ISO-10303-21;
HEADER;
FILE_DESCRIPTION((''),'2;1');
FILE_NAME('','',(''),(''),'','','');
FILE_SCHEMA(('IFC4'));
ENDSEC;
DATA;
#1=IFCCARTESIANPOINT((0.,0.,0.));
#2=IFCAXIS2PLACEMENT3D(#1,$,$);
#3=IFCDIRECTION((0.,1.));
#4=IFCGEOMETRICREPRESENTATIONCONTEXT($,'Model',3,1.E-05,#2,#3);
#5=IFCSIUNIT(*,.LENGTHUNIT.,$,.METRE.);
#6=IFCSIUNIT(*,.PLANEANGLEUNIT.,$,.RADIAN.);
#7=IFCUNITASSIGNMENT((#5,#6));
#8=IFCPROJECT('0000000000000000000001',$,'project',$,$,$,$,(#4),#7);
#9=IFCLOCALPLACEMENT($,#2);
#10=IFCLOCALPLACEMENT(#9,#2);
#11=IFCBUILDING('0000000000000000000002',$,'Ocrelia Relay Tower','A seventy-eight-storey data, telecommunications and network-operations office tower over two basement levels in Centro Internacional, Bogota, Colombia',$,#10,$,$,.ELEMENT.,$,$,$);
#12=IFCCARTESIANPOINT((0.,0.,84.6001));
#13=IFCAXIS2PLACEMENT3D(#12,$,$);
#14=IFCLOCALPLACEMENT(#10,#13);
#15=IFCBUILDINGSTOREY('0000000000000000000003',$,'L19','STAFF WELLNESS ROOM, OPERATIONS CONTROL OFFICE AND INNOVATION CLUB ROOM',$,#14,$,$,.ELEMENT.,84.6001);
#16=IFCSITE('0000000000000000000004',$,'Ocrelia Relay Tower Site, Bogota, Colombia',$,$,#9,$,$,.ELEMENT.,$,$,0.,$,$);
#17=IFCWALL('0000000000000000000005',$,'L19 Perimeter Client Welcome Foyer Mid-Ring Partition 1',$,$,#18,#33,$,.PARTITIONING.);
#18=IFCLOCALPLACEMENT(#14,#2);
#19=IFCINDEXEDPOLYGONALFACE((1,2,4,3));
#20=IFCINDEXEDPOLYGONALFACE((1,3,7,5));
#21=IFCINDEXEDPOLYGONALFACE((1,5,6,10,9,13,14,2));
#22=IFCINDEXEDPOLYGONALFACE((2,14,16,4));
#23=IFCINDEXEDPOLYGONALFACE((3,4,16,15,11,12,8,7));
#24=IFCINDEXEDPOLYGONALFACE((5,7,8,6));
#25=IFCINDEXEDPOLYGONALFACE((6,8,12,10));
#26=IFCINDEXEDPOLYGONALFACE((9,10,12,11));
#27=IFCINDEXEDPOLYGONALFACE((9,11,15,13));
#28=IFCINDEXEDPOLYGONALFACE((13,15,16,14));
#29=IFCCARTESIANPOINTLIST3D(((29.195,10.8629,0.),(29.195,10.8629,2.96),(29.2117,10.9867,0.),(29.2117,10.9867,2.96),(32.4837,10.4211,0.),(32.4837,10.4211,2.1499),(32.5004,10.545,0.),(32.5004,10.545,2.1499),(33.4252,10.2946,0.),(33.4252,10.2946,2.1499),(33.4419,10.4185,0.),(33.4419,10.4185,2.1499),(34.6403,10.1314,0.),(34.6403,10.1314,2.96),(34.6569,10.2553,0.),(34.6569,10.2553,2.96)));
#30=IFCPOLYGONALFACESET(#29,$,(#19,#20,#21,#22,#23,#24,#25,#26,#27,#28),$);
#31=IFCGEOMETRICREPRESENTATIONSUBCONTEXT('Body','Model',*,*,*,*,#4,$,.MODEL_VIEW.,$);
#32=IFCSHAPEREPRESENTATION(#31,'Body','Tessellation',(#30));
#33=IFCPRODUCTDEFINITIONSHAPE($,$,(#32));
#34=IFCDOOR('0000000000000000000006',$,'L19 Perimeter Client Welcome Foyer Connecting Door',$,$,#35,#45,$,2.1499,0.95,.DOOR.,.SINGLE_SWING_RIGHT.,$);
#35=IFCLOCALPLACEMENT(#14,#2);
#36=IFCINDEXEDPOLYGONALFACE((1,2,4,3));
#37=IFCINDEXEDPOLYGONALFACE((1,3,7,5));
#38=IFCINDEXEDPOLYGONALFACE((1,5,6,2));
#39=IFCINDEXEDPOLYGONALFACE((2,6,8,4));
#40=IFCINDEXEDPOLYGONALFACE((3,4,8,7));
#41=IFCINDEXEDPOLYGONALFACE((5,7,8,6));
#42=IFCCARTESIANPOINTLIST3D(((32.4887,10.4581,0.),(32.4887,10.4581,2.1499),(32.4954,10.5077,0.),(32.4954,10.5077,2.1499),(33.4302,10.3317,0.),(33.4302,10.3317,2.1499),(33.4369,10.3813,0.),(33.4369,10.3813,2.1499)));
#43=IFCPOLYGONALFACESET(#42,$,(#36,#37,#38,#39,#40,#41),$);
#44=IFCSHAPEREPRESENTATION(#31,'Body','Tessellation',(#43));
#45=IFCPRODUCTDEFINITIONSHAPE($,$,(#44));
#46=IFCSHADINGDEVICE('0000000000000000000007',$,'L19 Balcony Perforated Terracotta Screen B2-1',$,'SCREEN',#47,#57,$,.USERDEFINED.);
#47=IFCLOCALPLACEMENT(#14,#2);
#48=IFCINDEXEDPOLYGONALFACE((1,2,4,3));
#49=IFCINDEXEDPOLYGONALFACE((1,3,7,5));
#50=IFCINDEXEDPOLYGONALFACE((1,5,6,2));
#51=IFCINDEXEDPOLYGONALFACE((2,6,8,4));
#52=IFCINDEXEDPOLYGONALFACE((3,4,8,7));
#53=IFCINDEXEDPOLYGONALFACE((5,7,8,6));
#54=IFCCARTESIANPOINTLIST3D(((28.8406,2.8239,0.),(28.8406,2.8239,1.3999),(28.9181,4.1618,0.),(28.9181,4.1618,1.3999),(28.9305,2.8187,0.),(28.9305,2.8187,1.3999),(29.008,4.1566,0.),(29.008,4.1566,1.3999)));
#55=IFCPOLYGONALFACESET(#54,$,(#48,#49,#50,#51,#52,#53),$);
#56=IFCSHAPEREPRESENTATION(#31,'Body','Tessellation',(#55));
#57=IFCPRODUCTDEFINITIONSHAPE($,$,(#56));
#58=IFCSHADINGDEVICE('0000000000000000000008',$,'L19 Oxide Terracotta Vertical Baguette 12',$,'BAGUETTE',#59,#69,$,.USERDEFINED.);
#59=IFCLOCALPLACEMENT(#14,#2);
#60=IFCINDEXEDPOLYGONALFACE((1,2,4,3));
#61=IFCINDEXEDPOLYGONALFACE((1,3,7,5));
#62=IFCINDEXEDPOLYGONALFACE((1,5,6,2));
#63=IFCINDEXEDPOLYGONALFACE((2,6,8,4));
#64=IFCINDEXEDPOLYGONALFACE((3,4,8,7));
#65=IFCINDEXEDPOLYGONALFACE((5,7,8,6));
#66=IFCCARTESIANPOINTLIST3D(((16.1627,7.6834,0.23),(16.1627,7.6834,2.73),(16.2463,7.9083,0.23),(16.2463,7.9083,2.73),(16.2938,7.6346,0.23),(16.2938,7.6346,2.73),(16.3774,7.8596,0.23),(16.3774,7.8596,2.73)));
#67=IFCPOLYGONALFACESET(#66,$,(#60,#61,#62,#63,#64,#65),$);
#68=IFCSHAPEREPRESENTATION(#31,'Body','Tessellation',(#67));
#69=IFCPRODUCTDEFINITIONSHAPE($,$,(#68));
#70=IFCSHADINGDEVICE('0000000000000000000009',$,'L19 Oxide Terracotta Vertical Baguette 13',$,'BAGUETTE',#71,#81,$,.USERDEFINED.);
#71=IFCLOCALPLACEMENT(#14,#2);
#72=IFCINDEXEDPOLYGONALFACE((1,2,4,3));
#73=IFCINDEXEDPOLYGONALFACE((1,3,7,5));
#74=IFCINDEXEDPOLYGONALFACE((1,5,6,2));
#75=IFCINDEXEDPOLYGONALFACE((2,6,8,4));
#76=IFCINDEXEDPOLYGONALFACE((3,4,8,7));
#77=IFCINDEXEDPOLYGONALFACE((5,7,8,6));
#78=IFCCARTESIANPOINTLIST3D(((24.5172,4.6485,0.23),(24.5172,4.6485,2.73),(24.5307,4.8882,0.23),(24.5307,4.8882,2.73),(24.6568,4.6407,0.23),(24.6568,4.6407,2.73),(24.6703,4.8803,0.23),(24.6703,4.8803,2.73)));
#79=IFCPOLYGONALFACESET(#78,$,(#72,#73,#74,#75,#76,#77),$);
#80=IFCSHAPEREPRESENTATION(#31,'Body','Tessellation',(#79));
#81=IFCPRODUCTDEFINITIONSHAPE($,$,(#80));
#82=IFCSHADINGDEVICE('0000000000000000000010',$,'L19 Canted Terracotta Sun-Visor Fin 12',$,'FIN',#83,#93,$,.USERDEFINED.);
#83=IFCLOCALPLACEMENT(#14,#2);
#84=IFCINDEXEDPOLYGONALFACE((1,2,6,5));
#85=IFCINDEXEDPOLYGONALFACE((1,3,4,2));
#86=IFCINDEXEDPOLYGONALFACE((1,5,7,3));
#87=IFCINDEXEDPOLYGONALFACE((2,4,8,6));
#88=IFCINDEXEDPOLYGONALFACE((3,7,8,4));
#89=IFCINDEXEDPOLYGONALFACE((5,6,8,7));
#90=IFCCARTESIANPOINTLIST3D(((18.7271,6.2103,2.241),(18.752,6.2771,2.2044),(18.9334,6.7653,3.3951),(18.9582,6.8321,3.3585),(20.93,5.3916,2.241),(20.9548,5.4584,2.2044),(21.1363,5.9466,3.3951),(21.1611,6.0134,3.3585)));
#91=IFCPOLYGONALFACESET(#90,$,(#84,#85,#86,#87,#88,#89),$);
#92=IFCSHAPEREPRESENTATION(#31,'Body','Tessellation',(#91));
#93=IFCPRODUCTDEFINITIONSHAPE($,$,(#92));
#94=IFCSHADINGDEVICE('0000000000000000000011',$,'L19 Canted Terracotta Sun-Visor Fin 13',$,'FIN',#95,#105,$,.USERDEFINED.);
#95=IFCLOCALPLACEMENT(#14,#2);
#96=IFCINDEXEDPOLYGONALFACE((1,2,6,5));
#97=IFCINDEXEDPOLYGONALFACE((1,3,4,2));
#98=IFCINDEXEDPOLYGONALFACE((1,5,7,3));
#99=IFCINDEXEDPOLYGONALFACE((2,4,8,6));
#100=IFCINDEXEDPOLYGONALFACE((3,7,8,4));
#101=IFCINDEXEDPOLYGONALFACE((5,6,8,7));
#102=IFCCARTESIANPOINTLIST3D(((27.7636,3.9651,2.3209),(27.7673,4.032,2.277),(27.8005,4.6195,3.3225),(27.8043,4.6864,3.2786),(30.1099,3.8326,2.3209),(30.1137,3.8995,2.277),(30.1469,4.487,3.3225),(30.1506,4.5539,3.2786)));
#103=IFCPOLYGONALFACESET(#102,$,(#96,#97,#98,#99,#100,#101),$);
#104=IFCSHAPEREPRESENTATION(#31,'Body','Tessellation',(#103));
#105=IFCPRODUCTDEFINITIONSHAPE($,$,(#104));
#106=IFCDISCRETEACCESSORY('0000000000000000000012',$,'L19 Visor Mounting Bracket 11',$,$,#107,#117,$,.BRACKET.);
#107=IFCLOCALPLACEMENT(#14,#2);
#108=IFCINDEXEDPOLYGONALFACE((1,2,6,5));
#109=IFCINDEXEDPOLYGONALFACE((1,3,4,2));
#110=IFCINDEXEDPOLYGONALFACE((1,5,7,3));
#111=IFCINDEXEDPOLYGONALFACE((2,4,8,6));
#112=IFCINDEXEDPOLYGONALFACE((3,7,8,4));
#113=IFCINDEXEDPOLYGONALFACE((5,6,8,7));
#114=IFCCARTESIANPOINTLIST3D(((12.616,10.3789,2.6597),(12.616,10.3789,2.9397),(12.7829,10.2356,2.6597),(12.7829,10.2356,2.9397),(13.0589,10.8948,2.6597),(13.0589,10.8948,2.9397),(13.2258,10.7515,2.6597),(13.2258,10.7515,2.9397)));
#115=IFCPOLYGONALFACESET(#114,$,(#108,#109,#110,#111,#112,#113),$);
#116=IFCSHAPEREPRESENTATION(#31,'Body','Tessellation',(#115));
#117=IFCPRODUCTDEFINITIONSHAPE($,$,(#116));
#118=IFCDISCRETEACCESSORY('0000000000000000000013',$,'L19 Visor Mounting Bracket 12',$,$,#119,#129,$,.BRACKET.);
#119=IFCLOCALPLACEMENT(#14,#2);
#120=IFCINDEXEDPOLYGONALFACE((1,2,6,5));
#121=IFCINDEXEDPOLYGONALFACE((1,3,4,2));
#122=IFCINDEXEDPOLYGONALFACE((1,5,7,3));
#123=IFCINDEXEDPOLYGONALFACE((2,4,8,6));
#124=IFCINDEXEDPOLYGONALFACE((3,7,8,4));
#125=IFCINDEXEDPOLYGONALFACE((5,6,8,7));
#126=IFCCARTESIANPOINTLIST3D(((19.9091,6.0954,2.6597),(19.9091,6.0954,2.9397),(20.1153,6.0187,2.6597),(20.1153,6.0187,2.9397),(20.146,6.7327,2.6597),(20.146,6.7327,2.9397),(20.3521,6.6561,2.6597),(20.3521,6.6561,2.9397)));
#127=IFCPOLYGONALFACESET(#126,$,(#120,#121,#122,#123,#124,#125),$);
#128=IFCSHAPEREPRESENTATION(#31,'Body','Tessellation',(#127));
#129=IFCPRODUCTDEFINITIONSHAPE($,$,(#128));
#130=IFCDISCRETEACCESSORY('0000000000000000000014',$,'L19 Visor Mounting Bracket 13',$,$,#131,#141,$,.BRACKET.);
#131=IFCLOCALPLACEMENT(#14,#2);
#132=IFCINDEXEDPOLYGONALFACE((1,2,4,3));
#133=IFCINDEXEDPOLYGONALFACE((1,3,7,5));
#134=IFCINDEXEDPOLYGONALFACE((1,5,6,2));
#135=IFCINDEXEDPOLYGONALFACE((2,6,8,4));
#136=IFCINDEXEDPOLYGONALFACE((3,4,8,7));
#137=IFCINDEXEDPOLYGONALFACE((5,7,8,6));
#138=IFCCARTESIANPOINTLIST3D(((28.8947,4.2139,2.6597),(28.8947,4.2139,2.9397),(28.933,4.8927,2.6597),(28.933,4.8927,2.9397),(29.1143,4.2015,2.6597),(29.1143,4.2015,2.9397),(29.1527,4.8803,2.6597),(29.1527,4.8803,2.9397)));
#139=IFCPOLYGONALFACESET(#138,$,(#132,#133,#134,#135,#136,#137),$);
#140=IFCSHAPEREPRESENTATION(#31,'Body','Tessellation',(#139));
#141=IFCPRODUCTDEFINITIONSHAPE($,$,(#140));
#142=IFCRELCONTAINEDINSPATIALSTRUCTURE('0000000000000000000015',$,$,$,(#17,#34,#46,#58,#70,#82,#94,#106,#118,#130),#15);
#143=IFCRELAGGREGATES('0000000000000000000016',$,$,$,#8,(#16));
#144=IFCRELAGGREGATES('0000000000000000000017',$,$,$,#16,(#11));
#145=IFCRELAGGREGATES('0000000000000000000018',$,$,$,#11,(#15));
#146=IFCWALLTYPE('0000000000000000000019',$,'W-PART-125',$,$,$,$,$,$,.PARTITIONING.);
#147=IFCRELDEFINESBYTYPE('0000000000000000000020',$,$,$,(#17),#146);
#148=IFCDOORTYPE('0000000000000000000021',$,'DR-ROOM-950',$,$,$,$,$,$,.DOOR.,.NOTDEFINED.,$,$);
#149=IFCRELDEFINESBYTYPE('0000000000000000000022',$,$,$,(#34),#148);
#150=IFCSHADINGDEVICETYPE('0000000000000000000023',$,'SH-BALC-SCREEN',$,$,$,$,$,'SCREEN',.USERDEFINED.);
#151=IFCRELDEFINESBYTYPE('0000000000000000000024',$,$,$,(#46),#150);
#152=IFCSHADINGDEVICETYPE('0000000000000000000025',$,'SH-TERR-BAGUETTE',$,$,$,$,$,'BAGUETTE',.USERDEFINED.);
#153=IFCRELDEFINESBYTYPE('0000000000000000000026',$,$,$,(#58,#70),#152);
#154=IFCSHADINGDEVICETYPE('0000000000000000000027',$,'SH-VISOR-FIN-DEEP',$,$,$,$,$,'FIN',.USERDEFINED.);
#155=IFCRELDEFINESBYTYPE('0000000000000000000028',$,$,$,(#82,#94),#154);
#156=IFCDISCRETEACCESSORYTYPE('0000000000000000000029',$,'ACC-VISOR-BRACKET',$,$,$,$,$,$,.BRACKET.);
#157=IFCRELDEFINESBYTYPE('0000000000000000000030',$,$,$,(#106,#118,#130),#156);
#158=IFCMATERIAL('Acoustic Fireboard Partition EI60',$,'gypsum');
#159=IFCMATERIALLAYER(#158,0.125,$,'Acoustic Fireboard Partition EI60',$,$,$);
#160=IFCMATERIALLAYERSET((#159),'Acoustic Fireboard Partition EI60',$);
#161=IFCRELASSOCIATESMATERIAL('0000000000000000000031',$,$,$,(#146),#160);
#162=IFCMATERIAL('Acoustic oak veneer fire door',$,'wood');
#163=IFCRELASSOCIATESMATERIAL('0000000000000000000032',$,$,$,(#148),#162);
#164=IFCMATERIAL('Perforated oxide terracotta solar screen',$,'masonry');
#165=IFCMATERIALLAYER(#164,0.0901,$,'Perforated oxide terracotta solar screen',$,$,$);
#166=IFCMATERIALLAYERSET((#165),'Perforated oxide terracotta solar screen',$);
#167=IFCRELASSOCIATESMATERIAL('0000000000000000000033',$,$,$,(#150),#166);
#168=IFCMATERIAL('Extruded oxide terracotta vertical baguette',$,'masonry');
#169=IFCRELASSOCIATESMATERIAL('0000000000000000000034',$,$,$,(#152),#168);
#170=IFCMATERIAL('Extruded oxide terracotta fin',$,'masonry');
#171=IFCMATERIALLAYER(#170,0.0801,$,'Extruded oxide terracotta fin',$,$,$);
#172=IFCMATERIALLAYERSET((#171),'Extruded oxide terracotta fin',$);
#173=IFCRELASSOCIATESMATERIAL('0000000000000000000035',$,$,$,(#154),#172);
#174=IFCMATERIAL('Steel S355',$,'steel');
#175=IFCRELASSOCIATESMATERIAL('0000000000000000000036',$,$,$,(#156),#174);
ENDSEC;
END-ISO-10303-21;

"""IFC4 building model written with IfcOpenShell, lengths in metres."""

from ifc_helpers import new_model, si_unit, direction, frame, frame_2d, origin, origin_2d, place, context, subcontext, project, spatial, rectangle, extrude, material, layer, layer_set, type_object, element, fill, save


model = new_model("IFC4")

# Units and contexts
model_context = context("Model", 3, precision=1e-05, world=origin(), true_north=direction((0.0, 1.0)))
body_context = subcontext(model_context, "Body", "Model", "MODEL_VIEW")
ifc_project = project(units=[si_unit("LENGTHUNIT", "METRE"), si_unit("PLANEANGLEUNIT", "RADIAN")], contexts=[model_context])

# Site, building, storey
site_placement = place(None, origin())
site = spatial("IfcSite", under=ifc_project, at=site_placement, Name="Ocrelia Relay Tower Site, Bogota, Colombia", CompositionType="ELEMENT", RefElevation=0.0)
building_placement = place(site_placement, origin())
building = spatial("IfcBuilding", under=site, at=building_placement, Name="Ocrelia Relay Tower", Description="A seventy-eight-storey data, telecommunications and network-operations office tower over two basement levels in Centro Internacional, Bogota, Colombia", CompositionType="ELEMENT")
storey_placement = place(building_placement, frame((0.0, 0.0, 84.6001)))
storey = spatial("IfcBuildingStorey", under=building, at=storey_placement, Name="L19", Description="STAFF WELLNESS ROOM, OPERATIONS CONTROL OFFICE AND INNOVATION CLUB ROOM", CompositionType="ELEMENT", Elevation=84.6001)

# Shared definitions
ifc_material_1 = material(Name="Steel S355", Category="steel")

# Shared definitions
ifc_material_2 = material(Name="Acoustic oak veneer fire door", Category="wood")

# Shared definitions
ifc_material_3 = material(Name="Acoustic Fireboard Partition EI60", Category="gypsum")
ifc_layer_1 = layer(ifc_material_3, 0.125, Name="Acoustic Fireboard Partition EI60")
ifc_layer_set_1 = layer_set([ifc_layer_1], Name="Acoustic Fireboard Partition EI60")
wall_type_1 = type_object("IfcWallType", Name="W-PART-125", PredefinedType="PARTITIONING", material=ifc_layer_set_1)

# Wall, opening, door
wall_1_placement = place(storey_placement, frame((29.2034, 10.9248, 0.0), z_axis=(0.0, 0.0, 1.0), x_axis=(0.991099, -0.13313, 0.0)))
wall_1 = element("IfcWall", 1, at=wall_1_placement, inside=storey, type_object=wall_type_1, Name="L19 Perimeter Client Welcome Foyer Mid-Ring Partition 1", PredefinedType="PARTITIONING", context=body_context, shape_type="SweptSolid", body=[
    extrude(rectangle(XDim=5.4941, YDim=0.125, at=frame_2d((2.7471, 0.0))), origin(), (0.0, 0.0, 1.0), 2.96),
])
opening_1_placement = place(wall_1_placement, frame((3.3181, 0.0, 0.0)))
opening_1 = element("IfcOpeningElement", 2, at=opening_1_placement, cuts=wall_1, PredefinedType="OPENING", context=body_context, shape_type="SweptSolid", body=[
    extrude(rectangle(XDim=0.95, YDim=2.1499, at=frame_2d((0.4751, 1.075))), frame((0.0, 0.0725, 0.0), z_axis=(0.0, -1.0, 0.0), x_axis=(1.0, 0.0, 0.0)), (0.0, 0.0, 1.0), 0.145),
])
door_type_1 = type_object("IfcDoorType", Name="DR-ROOM-950", OperationType="NOTDEFINED", PredefinedType="DOOR", material=ifc_material_2)
door_1_placement = place(opening_1_placement, origin())
door_1 = element("IfcDoor", 3, at=door_1_placement, inside=storey, type_object=door_type_1, Name="L19 Perimeter Client Welcome Foyer Connecting Door", OperationType="SINGLE_SWING_RIGHT", OverallHeight=2.1499, OverallWidth=0.95, PredefinedType="DOOR", context=body_context, shape_type="SweptSolid", body=[
    extrude(rectangle(XDim=0.95, YDim=2.1499, at=frame_2d((0.4751, 1.075))), frame((0.0, 0.0249, 0.0), z_axis=(0.0, -1.0, 0.0), x_axis=(1.0, 0.0, 0.0)), (0.0, 0.0, 1.0), 0.05),
])
fill(opening_1, door_1)

# Shading devices
ifc_material_4 = material(Name="Perforated oxide terracotta solar screen", Category="masonry")
ifc_layer_2 = layer(ifc_material_4, 0.0901, Name="Perforated oxide terracotta solar screen")
ifc_layer_set_2 = layer_set([ifc_layer_2], Name="Perforated oxide terracotta solar screen")
shading_device_type_1 = type_object("IfcShadingDeviceType", Name="SH-BALC-SCREEN", ElementType="SCREEN", PredefinedType="USERDEFINED", material=ifc_layer_set_2)
shading_device_1_placement = place(storey_placement, frame((28.9243, 3.4902, 0.0), z_axis=(0.0, 0.0, 1.0), x_axis=(-0.057839, -0.998326, 0.0)))
element("IfcShadingDevice", 4, at=shading_device_1_placement, inside=storey, type_object=shading_device_type_1, Name="L19 Balcony Perforated Terracotta Screen B2-1", ObjectType="SCREEN", PredefinedType="USERDEFINED", context=body_context, shape_type="SweptSolid", body=[
    extrude(rectangle(XDim=1.3401, YDim=0.0901, at=origin_2d()), origin(), (0.0, 0.0, 1.0), 1.3999),
])
ifc_material_5 = material(Name="Extruded oxide terracotta vertical baguette", Category="masonry")
shading_device_type_2 = type_object("IfcShadingDeviceType", Name="SH-TERR-BAGUETTE", ElementType="BAGUETTE", PredefinedType="USERDEFINED", material=ifc_material_5)
for number, where, z_axis, x_axis, name in (
    (5, (16.27, 7.7715, 0.23), (0.0, 0.0, 1.0), (0.937358, -0.348369, 0.0), "L19 Oxide Terracotta Vertical Baguette 12"),
    (6, (24.5938, 4.7644, 0.23), (0.0, 0.0, 1.0), (0.99841, -0.056377, 0.0), "L19 Oxide Terracotta Vertical Baguette 13"),
):
    element("IfcShadingDevice", number, at=place(storey_placement, frame(where, z_axis=z_axis, x_axis=x_axis)), inside=storey, type_object=shading_device_type_2, Name=name, ObjectType="BAGUETTE", PredefinedType="USERDEFINED", context=body_context, shape_type="SweptSolid", body=[
        extrude(rectangle(XDim=0.1399, YDim=0.24, at=origin_2d()), origin(), (0.0, 0.0, 1.0), 2.5),
    ])
ifc_material_6 = material(Name="Extruded oxide terracotta fin", Category="masonry")
ifc_layer_3 = layer(ifc_material_6, 0.0801, Name="Extruded oxide terracotta fin")
ifc_layer_set_3 = layer_set([ifc_layer_3], Name="Extruded oxide terracotta fin")
shading_device_type_3 = type_object("IfcShadingDeviceType", Name="SH-VISOR-FIN-DEEP", ElementType="FIN", PredefinedType="USERDEFINED", material=ifc_layer_set_3)
shading_device_2_placement = place(storey_placement, frame((19.9565, 6.1453, 2.7815), z_axis=(-0.309956, -0.834, 0.456477), x_axis=(0.937358, -0.348369, 0.0)))
element("IfcShadingDevice", 7, at=shading_device_2_placement, inside=storey, type_object=shading_device_type_3, Name="L19 Canted Terracotta Sun-Visor Fin 12", ObjectType="FIN", PredefinedType="USERDEFINED", context=body_context, shape_type="SweptSolid", body=[
    extrude(rectangle(XDim=2.3501, YDim=1.2971, at=origin_2d()), origin(), (0.0, 0.0, 1.0), 0.0801),
])
shading_device_3_placement = place(storey_placement, frame((28.959, 4.293, 2.7778), z_axis=(-0.047174, -0.835433, 0.547563), x_axis=(0.99841, -0.056377, 0.0)))
element("IfcShadingDevice", 8, at=shading_device_3_placement, inside=storey, type_object=shading_device_type_3, Name="L19 Canted Terracotta Sun-Visor Fin 13", ObjectType="FIN", PredefinedType="USERDEFINED", context=body_context, shape_type="SweptSolid", body=[
    extrude(rectangle(XDim=2.3501, YDim=1.197, at=origin_2d()), origin(), (0.0, 0.0, 1.0), 0.0801),
])

# Discrete accessories
discrete_accessory_type = type_object("IfcDiscreteAccessoryType", Name="ACC-VISOR-BRACKET", PredefinedType="BRACKET", material=ifc_material_1)
for number, where, z_axis, x_axis, name in (
    (9, (12.9209, 10.5652, 2.6597), (0.0, 0.0, 1.0), (0.758695, -0.651446, 0.0), "L19 Visor Mounting Bracket 11"),
    (10, (20.1306, 6.3757, 2.6597), (0.0, 0.0, 1.0), (0.937358, -0.348369, 0.0), "L19 Visor Mounting Bracket 12"),
    (11, (29.0237, 4.5471, 2.6597), (0.0, 0.0, 1.0), (0.99841, -0.056377, 0.0), "L19 Visor Mounting Bracket 13"),
):
    element("IfcDiscreteAccessory", number, at=place(storey_placement, frame(where, z_axis=z_axis, x_axis=x_axis)), inside=storey, type_object=discrete_accessory_type, Name=name, PredefinedType="BRACKET", context=body_context, shape_type="SweptSolid", body=[
        extrude(rectangle(XDim=0.22, YDim=0.6799, at=origin_2d()), origin(), (0.0, 0.0, 1.0), 0.28),
    ])

save(model, "model.ifc")
